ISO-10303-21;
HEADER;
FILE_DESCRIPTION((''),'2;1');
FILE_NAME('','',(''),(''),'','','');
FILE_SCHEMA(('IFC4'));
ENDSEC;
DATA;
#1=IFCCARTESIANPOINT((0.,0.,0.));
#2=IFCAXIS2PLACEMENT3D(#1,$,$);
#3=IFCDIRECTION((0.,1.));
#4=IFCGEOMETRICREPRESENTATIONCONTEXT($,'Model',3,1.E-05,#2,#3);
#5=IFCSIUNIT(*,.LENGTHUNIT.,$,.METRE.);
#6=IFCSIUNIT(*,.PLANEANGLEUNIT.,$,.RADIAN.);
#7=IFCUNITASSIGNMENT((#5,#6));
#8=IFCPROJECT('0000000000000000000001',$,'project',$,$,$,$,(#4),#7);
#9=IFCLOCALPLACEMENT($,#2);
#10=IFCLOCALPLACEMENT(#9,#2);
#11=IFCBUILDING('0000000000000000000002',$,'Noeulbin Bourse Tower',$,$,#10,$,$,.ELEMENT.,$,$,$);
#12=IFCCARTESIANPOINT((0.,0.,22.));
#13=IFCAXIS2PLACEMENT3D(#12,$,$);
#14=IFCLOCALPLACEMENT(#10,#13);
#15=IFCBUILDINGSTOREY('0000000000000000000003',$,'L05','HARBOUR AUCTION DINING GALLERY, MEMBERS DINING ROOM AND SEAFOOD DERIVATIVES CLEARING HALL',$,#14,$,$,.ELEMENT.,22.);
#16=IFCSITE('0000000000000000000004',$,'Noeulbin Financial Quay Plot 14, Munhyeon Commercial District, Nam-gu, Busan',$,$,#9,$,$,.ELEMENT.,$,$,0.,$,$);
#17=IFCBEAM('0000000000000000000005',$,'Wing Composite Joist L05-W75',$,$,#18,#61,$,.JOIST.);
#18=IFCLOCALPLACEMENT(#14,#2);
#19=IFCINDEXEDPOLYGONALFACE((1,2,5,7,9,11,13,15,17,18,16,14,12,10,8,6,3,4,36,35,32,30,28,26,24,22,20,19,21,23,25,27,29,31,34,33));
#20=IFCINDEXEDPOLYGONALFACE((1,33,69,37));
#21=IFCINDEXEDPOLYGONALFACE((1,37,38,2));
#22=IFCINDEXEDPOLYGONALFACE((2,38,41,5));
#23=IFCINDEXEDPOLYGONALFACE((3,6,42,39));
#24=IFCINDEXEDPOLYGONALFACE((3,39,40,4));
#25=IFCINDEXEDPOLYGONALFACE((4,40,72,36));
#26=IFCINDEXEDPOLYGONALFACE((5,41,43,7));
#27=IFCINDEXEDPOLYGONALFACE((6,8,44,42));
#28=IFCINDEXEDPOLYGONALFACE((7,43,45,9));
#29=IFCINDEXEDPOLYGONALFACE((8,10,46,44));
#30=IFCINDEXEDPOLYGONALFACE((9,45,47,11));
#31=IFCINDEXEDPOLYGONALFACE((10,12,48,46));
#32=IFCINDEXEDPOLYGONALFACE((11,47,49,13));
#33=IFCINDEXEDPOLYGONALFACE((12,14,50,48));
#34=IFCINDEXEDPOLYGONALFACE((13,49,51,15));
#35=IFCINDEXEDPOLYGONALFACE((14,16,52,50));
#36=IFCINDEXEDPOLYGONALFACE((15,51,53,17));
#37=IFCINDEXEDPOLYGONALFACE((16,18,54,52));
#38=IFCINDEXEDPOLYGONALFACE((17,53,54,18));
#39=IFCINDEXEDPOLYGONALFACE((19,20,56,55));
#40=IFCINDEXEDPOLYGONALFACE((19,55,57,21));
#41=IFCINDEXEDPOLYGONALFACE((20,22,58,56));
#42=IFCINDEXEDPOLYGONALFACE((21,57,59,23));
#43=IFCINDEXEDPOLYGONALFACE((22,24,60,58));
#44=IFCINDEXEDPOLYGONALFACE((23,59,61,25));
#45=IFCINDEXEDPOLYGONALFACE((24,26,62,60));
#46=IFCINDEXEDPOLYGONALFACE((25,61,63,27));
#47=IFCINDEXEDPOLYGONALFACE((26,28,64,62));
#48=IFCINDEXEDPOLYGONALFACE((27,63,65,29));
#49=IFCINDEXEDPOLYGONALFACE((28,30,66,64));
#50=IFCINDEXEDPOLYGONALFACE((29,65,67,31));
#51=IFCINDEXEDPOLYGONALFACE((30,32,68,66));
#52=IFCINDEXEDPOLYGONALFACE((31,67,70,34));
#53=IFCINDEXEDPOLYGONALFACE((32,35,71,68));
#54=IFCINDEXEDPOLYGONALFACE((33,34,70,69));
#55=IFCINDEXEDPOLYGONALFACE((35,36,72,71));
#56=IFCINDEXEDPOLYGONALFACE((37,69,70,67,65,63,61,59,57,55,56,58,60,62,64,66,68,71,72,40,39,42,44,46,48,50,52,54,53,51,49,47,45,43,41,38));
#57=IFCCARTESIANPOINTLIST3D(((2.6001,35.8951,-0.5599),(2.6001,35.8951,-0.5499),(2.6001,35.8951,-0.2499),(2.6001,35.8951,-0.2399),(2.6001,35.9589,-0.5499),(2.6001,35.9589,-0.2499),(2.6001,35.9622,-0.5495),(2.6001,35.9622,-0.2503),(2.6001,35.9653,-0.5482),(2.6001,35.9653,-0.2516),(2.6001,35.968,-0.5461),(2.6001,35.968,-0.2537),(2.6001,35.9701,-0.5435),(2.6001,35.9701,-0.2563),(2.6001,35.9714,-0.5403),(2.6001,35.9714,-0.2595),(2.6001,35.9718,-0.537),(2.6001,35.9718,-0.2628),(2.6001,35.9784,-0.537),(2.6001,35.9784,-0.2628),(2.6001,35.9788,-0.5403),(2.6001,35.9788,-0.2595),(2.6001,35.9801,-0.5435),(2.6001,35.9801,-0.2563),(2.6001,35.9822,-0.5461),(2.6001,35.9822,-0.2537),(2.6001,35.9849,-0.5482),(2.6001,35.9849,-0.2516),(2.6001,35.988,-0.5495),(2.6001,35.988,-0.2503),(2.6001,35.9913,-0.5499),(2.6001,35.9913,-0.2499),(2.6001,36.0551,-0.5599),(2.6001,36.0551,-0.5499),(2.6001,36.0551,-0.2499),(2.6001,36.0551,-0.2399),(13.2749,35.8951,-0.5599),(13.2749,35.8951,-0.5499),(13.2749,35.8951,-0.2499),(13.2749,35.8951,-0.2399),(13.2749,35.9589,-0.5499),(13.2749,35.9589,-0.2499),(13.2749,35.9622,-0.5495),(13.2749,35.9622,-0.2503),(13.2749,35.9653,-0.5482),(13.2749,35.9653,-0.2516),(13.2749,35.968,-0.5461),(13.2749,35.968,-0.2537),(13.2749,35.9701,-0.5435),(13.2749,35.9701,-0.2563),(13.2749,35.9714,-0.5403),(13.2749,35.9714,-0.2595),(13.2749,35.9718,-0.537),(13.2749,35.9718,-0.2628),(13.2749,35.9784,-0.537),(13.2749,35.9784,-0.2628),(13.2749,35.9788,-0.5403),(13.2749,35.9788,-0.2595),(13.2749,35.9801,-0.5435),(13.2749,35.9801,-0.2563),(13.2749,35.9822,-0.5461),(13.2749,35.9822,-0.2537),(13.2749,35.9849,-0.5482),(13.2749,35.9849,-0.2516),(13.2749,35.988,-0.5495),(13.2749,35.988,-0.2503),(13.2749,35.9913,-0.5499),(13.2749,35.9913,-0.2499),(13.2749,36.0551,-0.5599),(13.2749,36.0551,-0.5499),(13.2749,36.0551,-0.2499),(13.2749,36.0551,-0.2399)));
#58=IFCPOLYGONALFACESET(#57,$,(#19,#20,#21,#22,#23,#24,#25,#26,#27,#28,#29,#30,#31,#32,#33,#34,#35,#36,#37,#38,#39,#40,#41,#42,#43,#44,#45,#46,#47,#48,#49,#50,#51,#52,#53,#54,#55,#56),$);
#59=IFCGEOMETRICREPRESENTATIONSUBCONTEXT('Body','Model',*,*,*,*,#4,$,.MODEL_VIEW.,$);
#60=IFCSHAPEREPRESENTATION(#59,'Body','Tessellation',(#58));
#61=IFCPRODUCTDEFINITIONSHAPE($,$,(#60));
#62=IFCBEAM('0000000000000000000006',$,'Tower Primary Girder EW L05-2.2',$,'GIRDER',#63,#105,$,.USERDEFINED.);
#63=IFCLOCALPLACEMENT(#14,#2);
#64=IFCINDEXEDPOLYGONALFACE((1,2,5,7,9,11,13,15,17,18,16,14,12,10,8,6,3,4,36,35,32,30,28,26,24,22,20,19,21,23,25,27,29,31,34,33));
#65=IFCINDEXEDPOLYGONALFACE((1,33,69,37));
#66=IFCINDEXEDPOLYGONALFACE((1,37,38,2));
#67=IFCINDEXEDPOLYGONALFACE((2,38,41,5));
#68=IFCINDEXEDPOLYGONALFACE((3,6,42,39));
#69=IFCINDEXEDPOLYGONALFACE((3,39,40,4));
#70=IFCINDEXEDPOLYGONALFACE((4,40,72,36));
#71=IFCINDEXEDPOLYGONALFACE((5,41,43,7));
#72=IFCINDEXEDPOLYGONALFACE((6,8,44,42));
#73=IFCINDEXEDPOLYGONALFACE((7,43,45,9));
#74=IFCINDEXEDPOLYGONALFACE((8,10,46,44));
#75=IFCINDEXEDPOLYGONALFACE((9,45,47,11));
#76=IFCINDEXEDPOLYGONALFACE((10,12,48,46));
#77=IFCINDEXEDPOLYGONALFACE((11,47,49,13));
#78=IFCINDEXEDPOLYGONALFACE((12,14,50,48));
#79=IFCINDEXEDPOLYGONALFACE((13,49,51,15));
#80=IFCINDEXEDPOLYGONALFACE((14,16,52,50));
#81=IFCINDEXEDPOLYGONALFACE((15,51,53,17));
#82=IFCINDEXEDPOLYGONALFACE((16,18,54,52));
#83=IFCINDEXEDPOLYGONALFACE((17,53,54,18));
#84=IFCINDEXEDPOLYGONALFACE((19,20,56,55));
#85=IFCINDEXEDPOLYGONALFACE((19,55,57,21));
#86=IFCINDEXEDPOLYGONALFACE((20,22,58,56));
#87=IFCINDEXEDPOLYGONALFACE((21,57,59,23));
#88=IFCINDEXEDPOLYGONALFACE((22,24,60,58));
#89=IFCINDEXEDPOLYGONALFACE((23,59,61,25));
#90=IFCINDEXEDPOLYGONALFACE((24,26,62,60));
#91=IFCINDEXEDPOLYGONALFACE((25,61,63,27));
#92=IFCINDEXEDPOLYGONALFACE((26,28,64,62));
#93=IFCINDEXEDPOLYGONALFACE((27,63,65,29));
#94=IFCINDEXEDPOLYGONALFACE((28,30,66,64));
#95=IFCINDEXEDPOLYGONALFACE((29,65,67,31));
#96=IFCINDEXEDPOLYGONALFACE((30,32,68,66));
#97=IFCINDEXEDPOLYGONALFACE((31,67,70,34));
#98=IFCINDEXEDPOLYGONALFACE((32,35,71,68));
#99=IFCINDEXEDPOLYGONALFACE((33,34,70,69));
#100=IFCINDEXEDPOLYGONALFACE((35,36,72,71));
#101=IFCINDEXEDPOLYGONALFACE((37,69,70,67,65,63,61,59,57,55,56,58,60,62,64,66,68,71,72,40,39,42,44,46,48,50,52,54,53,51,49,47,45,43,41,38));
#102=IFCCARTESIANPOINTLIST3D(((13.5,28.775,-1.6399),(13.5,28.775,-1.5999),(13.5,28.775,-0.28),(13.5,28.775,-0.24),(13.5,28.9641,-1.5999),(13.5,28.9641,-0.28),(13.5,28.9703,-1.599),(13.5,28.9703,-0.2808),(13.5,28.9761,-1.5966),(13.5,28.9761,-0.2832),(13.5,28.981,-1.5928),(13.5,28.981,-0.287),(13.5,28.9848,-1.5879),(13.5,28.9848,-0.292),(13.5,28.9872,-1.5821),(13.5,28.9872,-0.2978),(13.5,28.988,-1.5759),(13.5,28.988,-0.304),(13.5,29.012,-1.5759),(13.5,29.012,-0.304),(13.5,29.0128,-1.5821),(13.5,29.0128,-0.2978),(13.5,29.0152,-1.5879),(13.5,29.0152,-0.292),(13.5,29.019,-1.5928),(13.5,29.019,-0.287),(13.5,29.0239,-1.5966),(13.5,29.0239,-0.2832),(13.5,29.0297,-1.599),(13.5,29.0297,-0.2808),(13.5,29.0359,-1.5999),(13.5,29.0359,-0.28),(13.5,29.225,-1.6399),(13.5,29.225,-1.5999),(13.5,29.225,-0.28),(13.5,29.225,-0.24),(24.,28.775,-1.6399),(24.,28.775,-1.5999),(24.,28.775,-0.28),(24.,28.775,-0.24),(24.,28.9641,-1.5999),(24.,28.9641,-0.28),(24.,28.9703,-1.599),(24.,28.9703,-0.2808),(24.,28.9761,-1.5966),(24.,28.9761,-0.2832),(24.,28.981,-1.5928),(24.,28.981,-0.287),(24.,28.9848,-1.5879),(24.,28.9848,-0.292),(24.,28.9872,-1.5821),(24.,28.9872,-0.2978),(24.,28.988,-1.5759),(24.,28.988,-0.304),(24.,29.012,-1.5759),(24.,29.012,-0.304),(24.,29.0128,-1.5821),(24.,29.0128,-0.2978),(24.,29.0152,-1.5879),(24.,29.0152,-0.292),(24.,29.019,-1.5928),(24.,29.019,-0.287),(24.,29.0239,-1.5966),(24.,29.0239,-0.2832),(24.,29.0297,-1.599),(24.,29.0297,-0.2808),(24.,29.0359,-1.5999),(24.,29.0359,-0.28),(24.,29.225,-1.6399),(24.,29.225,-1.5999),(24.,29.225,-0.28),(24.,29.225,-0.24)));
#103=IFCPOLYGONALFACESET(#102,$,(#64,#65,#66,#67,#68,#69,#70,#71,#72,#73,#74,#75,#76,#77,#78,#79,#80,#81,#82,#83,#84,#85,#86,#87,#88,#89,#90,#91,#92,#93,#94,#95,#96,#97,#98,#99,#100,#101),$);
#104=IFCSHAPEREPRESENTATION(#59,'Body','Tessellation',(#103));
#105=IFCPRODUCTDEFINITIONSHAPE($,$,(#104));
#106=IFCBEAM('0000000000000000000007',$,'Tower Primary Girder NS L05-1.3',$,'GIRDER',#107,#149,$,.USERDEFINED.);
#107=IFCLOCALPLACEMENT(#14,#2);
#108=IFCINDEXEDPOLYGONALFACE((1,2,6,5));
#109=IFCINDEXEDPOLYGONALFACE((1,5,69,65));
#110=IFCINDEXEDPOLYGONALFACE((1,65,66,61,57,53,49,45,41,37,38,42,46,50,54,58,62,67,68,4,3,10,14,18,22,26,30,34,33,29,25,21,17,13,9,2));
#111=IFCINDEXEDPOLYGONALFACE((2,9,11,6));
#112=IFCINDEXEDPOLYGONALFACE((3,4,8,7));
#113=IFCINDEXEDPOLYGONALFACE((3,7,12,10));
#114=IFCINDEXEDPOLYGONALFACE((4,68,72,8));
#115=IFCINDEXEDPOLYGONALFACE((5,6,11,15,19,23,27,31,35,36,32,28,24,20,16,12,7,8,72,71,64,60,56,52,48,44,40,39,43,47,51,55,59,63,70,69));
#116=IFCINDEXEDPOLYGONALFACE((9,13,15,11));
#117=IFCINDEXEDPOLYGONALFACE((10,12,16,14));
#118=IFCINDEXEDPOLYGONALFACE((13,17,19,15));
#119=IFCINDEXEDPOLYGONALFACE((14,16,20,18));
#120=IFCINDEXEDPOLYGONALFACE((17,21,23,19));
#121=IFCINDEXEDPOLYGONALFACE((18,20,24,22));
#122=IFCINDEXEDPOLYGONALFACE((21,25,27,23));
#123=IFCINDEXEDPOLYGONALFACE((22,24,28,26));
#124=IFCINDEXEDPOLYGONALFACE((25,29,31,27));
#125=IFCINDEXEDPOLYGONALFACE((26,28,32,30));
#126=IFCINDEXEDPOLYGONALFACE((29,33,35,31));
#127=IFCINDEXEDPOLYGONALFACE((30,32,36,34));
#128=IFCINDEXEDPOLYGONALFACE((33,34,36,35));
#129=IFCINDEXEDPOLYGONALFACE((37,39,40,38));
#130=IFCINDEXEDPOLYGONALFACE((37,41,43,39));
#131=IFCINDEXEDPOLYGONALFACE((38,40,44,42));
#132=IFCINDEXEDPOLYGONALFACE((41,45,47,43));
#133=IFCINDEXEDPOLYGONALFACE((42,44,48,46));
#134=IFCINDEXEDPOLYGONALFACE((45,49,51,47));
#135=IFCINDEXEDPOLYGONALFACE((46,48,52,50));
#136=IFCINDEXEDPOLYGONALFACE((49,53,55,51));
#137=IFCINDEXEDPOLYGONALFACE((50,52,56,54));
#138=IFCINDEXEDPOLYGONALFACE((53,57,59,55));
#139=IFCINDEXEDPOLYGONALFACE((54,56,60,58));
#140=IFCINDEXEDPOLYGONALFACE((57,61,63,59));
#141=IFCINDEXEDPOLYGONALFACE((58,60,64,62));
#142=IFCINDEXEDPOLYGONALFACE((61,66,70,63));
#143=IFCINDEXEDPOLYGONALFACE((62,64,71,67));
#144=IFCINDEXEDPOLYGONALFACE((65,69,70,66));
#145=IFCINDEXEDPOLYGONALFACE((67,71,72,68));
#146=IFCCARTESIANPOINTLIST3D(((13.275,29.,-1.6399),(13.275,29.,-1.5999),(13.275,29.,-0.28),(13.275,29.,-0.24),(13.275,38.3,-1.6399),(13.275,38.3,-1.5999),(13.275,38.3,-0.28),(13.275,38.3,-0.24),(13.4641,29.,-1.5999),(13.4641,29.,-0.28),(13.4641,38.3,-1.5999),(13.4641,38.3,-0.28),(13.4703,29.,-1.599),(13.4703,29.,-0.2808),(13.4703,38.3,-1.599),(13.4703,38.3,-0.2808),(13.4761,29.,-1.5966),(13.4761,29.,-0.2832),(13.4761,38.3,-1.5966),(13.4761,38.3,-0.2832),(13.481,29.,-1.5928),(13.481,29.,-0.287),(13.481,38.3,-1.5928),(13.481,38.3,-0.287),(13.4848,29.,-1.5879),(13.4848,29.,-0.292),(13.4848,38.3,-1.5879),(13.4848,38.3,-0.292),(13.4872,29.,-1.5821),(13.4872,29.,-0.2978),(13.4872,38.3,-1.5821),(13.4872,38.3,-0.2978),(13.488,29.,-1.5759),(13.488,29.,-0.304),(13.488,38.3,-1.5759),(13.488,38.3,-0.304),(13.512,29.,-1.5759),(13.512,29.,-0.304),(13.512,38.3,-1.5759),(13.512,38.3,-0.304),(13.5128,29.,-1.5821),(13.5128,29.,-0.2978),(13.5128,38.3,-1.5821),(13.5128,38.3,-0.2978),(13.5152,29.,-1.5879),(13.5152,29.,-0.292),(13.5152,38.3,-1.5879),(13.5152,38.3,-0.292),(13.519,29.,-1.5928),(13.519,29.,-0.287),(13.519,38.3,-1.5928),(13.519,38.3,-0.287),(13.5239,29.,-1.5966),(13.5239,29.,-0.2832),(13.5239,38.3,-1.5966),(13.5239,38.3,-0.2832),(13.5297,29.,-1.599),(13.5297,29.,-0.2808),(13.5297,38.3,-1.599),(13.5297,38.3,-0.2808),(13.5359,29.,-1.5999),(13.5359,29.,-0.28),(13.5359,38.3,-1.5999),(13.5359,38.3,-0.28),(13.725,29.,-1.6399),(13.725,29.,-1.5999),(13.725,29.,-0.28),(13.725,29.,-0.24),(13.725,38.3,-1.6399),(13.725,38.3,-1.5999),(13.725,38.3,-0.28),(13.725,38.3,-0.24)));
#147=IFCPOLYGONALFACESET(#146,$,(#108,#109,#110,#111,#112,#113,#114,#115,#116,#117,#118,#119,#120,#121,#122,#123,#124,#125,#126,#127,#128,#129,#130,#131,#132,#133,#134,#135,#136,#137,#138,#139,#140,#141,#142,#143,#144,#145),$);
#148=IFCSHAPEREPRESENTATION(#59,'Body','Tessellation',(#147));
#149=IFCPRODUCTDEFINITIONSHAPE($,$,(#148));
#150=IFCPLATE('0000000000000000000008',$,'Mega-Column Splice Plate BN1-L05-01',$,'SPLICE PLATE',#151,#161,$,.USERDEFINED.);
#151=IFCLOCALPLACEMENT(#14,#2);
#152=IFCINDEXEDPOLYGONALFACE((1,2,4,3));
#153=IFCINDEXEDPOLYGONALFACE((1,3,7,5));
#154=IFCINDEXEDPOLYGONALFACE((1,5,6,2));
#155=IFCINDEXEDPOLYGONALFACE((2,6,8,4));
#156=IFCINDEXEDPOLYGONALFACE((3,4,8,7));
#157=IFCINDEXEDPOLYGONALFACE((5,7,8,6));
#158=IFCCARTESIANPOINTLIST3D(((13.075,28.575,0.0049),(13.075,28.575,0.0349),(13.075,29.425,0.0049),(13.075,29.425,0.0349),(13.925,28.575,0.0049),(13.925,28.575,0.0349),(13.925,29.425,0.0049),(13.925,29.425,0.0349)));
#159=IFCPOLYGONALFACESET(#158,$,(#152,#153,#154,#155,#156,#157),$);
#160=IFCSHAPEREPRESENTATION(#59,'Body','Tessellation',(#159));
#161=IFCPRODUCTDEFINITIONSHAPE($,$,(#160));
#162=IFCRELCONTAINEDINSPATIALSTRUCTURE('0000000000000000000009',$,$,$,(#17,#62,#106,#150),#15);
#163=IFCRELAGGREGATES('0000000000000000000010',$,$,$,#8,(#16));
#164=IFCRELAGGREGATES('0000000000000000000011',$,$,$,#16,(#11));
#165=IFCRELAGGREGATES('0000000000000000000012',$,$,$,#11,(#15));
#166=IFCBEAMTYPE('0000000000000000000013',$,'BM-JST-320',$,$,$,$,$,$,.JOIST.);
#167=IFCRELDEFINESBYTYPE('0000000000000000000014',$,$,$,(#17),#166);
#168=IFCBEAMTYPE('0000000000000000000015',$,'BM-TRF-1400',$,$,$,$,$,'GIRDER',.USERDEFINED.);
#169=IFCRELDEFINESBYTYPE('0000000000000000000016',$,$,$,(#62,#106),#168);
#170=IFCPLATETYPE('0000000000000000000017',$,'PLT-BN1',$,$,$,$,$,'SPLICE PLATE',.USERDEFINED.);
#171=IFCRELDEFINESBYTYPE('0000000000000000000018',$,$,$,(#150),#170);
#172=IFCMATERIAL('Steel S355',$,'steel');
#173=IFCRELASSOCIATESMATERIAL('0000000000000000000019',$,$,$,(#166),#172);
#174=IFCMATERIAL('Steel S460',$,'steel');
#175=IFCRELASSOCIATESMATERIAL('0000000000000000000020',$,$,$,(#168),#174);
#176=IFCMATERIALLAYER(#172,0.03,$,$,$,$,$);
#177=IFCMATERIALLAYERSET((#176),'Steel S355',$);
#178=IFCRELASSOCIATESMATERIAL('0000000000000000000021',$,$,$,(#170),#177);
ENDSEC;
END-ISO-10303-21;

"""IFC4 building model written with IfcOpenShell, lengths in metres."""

from ifc_helpers import new_model, si_unit, direction, frame, origin, origin_2d, place, context, subcontext, project, spatial, rectangle, i_section, extrude, material, layer, layer_set, material_profile, profile_set, type_object, element, save


model = new_model("IFC4")

# Units and contexts
model_context = context("Model", 3, precision=1e-05, world=origin(), true_north=direction((0.0, 1.0)))
body_context = subcontext(model_context, "Body", "Model", "MODEL_VIEW")
ifc_project = project(units=[si_unit("LENGTHUNIT", "METRE"), si_unit("PLANEANGLEUNIT", "RADIAN")], contexts=[model_context])

# Site, building, storey
site_placement = place(None, origin())
site = spatial("IfcSite", under=ifc_project, at=site_placement, Name="Noeulbin Financial Quay Plot 14, Munhyeon Commercial District, Nam-gu, Busan", CompositionType="ELEMENT", RefElevation=0.0)
building_placement = place(site_placement, origin())
building = spatial("IfcBuilding", under=site, at=building_placement, Name="Noeulbin Bourse Tower", CompositionType="ELEMENT")
storey_placement = place(building_placement, frame((0.0, 0.0, 22.0)))
storey = spatial("IfcBuildingStorey", under=building, at=storey_placement, Name="L05", Description="HARBOUR AUCTION DINING GALLERY, MEMBERS DINING ROOM AND SEAFOOD DERIVATIVES CLEARING HALL", CompositionType="ELEMENT", Elevation=22.0)

# Shared definitions
ifc_material_1 = material(Name="Steel S460", Category="steel")

# Beams
ifc_material_2 = material(Name="Steel S355", Category="steel")
ifc_material_profile_1 = material_profile(ifc_material_2, i_section(OverallWidth=0.1599, OverallDepth=0.3201, WebThickness=0.0066, FlangeThickness=0.01, FilletRadius=0.0129, at=origin_2d()), Name="H-320x160x6.5x10", Category="LoadBearing")
ifc_profile_set_1 = profile_set([ifc_material_profile_1], Name="Steel S355")
beam_type_1 = type_object("IfcBeamType", Name="BM-JST-320", PredefinedType="JOIST", material=ifc_profile_set_1)
for number, where, z_axis, x_axis, name in (
    (1, (2.6001, 35.9751, -0.3999), (1.0, 0.0, 0.0), (0.0, 1.0, 0.0), "Wing Composite Joist L05-W75"),
):
    element("IfcBeam", number, at=place(storey_placement, frame(where, z_axis=z_axis, x_axis=x_axis)), inside=storey, type_object=beam_type_1, Name=name, PredefinedType="JOIST", context=body_context, shape_type="SweptSolid", body=[
        extrude(i_section(OverallWidth=0.1599, OverallDepth=0.3201, WebThickness=0.0066, FlangeThickness=0.01, FilletRadius=0.0129, at=origin_2d()), origin(), (0.0, 0.0, 1.0), 10.6748),
    ])
ifc_material_profile_2 = material_profile(ifc_material_1, i_section(OverallWidth=0.45, OverallDepth=1.3999, WebThickness=0.0239, FlangeThickness=0.04, FilletRadius=0.0239, at=origin_2d()), Name="PG-1400x450x24x40", Category="LoadBearing")
ifc_profile_set_2 = profile_set([ifc_material_profile_2], Name="Steel S460")
beam_type_2 = type_object("IfcBeamType", Name="BM-TRF-1400", ElementType="GIRDER", PredefinedType="USERDEFINED", material=ifc_profile_set_2)
beam_1_placement = place(storey_placement, frame((13.5, 29.0, -0.9399), z_axis=(1.0, 0.0, 0.0), x_axis=(0.0, 1.0, 0.0)))
element("IfcBeam", 2, at=beam_1_placement, inside=storey, type_object=beam_type_2, Name="Tower Primary Girder EW L05-2.2", ObjectType="GIRDER", PredefinedType="USERDEFINED", context=body_context, shape_type="SweptSolid", body=[
    extrude(i_section(OverallWidth=0.45, OverallDepth=1.3999, WebThickness=0.0239, FlangeThickness=0.04, FilletRadius=0.0239, at=origin_2d()), origin(), (0.0, 0.0, 1.0), 10.5),
])
beam_2_placement = place(storey_placement, frame((13.5, 29.0, -0.9399), z_axis=(0.0, 1.0, 0.0), x_axis=(-1.0, 0.0, 0.0)))
element("IfcBeam", 3, at=beam_2_placement, inside=storey, type_object=beam_type_2, Name="Tower Primary Girder NS L05-1.3", ObjectType="GIRDER", PredefinedType="USERDEFINED", context=body_context, shape_type="SweptSolid", body=[
    extrude(i_section(OverallWidth=0.45, OverallDepth=1.3999, WebThickness=0.0239, FlangeThickness=0.04, FilletRadius=0.0239, at=origin_2d()), origin(), (0.0, 0.0, 1.0), 9.3),
])

# Plate
ifc_layer_1 = layer(ifc_material_2, 0.03)
ifc_layer_set_1 = layer_set([ifc_layer_1], Name="Steel S355")
plate_type = type_object("IfcPlateType", Name="PLT-BN1", ElementType="SPLICE PLATE", PredefinedType="USERDEFINED", material=ifc_layer_set_1)
plate_placement = place(storey_placement, frame((13.5, 29.0, 0.0049), z_axis=(0.0, 0.0, 1.0), x_axis=(1.0, 0.0, 0.0)))
element("IfcPlate", 4, at=plate_placement, inside=storey, type_object=plate_type, Name="Mega-Column Splice Plate BN1-L05-01", ObjectType="SPLICE PLATE", PredefinedType="USERDEFINED", context=body_context, shape_type="SweptSolid", body=[
    extrude(rectangle(XDim=0.8501, YDim=0.8501, at=origin_2d()), origin(), (0.0, 0.0, 1.0), 0.03),
])

save(model, "model.ifc")
